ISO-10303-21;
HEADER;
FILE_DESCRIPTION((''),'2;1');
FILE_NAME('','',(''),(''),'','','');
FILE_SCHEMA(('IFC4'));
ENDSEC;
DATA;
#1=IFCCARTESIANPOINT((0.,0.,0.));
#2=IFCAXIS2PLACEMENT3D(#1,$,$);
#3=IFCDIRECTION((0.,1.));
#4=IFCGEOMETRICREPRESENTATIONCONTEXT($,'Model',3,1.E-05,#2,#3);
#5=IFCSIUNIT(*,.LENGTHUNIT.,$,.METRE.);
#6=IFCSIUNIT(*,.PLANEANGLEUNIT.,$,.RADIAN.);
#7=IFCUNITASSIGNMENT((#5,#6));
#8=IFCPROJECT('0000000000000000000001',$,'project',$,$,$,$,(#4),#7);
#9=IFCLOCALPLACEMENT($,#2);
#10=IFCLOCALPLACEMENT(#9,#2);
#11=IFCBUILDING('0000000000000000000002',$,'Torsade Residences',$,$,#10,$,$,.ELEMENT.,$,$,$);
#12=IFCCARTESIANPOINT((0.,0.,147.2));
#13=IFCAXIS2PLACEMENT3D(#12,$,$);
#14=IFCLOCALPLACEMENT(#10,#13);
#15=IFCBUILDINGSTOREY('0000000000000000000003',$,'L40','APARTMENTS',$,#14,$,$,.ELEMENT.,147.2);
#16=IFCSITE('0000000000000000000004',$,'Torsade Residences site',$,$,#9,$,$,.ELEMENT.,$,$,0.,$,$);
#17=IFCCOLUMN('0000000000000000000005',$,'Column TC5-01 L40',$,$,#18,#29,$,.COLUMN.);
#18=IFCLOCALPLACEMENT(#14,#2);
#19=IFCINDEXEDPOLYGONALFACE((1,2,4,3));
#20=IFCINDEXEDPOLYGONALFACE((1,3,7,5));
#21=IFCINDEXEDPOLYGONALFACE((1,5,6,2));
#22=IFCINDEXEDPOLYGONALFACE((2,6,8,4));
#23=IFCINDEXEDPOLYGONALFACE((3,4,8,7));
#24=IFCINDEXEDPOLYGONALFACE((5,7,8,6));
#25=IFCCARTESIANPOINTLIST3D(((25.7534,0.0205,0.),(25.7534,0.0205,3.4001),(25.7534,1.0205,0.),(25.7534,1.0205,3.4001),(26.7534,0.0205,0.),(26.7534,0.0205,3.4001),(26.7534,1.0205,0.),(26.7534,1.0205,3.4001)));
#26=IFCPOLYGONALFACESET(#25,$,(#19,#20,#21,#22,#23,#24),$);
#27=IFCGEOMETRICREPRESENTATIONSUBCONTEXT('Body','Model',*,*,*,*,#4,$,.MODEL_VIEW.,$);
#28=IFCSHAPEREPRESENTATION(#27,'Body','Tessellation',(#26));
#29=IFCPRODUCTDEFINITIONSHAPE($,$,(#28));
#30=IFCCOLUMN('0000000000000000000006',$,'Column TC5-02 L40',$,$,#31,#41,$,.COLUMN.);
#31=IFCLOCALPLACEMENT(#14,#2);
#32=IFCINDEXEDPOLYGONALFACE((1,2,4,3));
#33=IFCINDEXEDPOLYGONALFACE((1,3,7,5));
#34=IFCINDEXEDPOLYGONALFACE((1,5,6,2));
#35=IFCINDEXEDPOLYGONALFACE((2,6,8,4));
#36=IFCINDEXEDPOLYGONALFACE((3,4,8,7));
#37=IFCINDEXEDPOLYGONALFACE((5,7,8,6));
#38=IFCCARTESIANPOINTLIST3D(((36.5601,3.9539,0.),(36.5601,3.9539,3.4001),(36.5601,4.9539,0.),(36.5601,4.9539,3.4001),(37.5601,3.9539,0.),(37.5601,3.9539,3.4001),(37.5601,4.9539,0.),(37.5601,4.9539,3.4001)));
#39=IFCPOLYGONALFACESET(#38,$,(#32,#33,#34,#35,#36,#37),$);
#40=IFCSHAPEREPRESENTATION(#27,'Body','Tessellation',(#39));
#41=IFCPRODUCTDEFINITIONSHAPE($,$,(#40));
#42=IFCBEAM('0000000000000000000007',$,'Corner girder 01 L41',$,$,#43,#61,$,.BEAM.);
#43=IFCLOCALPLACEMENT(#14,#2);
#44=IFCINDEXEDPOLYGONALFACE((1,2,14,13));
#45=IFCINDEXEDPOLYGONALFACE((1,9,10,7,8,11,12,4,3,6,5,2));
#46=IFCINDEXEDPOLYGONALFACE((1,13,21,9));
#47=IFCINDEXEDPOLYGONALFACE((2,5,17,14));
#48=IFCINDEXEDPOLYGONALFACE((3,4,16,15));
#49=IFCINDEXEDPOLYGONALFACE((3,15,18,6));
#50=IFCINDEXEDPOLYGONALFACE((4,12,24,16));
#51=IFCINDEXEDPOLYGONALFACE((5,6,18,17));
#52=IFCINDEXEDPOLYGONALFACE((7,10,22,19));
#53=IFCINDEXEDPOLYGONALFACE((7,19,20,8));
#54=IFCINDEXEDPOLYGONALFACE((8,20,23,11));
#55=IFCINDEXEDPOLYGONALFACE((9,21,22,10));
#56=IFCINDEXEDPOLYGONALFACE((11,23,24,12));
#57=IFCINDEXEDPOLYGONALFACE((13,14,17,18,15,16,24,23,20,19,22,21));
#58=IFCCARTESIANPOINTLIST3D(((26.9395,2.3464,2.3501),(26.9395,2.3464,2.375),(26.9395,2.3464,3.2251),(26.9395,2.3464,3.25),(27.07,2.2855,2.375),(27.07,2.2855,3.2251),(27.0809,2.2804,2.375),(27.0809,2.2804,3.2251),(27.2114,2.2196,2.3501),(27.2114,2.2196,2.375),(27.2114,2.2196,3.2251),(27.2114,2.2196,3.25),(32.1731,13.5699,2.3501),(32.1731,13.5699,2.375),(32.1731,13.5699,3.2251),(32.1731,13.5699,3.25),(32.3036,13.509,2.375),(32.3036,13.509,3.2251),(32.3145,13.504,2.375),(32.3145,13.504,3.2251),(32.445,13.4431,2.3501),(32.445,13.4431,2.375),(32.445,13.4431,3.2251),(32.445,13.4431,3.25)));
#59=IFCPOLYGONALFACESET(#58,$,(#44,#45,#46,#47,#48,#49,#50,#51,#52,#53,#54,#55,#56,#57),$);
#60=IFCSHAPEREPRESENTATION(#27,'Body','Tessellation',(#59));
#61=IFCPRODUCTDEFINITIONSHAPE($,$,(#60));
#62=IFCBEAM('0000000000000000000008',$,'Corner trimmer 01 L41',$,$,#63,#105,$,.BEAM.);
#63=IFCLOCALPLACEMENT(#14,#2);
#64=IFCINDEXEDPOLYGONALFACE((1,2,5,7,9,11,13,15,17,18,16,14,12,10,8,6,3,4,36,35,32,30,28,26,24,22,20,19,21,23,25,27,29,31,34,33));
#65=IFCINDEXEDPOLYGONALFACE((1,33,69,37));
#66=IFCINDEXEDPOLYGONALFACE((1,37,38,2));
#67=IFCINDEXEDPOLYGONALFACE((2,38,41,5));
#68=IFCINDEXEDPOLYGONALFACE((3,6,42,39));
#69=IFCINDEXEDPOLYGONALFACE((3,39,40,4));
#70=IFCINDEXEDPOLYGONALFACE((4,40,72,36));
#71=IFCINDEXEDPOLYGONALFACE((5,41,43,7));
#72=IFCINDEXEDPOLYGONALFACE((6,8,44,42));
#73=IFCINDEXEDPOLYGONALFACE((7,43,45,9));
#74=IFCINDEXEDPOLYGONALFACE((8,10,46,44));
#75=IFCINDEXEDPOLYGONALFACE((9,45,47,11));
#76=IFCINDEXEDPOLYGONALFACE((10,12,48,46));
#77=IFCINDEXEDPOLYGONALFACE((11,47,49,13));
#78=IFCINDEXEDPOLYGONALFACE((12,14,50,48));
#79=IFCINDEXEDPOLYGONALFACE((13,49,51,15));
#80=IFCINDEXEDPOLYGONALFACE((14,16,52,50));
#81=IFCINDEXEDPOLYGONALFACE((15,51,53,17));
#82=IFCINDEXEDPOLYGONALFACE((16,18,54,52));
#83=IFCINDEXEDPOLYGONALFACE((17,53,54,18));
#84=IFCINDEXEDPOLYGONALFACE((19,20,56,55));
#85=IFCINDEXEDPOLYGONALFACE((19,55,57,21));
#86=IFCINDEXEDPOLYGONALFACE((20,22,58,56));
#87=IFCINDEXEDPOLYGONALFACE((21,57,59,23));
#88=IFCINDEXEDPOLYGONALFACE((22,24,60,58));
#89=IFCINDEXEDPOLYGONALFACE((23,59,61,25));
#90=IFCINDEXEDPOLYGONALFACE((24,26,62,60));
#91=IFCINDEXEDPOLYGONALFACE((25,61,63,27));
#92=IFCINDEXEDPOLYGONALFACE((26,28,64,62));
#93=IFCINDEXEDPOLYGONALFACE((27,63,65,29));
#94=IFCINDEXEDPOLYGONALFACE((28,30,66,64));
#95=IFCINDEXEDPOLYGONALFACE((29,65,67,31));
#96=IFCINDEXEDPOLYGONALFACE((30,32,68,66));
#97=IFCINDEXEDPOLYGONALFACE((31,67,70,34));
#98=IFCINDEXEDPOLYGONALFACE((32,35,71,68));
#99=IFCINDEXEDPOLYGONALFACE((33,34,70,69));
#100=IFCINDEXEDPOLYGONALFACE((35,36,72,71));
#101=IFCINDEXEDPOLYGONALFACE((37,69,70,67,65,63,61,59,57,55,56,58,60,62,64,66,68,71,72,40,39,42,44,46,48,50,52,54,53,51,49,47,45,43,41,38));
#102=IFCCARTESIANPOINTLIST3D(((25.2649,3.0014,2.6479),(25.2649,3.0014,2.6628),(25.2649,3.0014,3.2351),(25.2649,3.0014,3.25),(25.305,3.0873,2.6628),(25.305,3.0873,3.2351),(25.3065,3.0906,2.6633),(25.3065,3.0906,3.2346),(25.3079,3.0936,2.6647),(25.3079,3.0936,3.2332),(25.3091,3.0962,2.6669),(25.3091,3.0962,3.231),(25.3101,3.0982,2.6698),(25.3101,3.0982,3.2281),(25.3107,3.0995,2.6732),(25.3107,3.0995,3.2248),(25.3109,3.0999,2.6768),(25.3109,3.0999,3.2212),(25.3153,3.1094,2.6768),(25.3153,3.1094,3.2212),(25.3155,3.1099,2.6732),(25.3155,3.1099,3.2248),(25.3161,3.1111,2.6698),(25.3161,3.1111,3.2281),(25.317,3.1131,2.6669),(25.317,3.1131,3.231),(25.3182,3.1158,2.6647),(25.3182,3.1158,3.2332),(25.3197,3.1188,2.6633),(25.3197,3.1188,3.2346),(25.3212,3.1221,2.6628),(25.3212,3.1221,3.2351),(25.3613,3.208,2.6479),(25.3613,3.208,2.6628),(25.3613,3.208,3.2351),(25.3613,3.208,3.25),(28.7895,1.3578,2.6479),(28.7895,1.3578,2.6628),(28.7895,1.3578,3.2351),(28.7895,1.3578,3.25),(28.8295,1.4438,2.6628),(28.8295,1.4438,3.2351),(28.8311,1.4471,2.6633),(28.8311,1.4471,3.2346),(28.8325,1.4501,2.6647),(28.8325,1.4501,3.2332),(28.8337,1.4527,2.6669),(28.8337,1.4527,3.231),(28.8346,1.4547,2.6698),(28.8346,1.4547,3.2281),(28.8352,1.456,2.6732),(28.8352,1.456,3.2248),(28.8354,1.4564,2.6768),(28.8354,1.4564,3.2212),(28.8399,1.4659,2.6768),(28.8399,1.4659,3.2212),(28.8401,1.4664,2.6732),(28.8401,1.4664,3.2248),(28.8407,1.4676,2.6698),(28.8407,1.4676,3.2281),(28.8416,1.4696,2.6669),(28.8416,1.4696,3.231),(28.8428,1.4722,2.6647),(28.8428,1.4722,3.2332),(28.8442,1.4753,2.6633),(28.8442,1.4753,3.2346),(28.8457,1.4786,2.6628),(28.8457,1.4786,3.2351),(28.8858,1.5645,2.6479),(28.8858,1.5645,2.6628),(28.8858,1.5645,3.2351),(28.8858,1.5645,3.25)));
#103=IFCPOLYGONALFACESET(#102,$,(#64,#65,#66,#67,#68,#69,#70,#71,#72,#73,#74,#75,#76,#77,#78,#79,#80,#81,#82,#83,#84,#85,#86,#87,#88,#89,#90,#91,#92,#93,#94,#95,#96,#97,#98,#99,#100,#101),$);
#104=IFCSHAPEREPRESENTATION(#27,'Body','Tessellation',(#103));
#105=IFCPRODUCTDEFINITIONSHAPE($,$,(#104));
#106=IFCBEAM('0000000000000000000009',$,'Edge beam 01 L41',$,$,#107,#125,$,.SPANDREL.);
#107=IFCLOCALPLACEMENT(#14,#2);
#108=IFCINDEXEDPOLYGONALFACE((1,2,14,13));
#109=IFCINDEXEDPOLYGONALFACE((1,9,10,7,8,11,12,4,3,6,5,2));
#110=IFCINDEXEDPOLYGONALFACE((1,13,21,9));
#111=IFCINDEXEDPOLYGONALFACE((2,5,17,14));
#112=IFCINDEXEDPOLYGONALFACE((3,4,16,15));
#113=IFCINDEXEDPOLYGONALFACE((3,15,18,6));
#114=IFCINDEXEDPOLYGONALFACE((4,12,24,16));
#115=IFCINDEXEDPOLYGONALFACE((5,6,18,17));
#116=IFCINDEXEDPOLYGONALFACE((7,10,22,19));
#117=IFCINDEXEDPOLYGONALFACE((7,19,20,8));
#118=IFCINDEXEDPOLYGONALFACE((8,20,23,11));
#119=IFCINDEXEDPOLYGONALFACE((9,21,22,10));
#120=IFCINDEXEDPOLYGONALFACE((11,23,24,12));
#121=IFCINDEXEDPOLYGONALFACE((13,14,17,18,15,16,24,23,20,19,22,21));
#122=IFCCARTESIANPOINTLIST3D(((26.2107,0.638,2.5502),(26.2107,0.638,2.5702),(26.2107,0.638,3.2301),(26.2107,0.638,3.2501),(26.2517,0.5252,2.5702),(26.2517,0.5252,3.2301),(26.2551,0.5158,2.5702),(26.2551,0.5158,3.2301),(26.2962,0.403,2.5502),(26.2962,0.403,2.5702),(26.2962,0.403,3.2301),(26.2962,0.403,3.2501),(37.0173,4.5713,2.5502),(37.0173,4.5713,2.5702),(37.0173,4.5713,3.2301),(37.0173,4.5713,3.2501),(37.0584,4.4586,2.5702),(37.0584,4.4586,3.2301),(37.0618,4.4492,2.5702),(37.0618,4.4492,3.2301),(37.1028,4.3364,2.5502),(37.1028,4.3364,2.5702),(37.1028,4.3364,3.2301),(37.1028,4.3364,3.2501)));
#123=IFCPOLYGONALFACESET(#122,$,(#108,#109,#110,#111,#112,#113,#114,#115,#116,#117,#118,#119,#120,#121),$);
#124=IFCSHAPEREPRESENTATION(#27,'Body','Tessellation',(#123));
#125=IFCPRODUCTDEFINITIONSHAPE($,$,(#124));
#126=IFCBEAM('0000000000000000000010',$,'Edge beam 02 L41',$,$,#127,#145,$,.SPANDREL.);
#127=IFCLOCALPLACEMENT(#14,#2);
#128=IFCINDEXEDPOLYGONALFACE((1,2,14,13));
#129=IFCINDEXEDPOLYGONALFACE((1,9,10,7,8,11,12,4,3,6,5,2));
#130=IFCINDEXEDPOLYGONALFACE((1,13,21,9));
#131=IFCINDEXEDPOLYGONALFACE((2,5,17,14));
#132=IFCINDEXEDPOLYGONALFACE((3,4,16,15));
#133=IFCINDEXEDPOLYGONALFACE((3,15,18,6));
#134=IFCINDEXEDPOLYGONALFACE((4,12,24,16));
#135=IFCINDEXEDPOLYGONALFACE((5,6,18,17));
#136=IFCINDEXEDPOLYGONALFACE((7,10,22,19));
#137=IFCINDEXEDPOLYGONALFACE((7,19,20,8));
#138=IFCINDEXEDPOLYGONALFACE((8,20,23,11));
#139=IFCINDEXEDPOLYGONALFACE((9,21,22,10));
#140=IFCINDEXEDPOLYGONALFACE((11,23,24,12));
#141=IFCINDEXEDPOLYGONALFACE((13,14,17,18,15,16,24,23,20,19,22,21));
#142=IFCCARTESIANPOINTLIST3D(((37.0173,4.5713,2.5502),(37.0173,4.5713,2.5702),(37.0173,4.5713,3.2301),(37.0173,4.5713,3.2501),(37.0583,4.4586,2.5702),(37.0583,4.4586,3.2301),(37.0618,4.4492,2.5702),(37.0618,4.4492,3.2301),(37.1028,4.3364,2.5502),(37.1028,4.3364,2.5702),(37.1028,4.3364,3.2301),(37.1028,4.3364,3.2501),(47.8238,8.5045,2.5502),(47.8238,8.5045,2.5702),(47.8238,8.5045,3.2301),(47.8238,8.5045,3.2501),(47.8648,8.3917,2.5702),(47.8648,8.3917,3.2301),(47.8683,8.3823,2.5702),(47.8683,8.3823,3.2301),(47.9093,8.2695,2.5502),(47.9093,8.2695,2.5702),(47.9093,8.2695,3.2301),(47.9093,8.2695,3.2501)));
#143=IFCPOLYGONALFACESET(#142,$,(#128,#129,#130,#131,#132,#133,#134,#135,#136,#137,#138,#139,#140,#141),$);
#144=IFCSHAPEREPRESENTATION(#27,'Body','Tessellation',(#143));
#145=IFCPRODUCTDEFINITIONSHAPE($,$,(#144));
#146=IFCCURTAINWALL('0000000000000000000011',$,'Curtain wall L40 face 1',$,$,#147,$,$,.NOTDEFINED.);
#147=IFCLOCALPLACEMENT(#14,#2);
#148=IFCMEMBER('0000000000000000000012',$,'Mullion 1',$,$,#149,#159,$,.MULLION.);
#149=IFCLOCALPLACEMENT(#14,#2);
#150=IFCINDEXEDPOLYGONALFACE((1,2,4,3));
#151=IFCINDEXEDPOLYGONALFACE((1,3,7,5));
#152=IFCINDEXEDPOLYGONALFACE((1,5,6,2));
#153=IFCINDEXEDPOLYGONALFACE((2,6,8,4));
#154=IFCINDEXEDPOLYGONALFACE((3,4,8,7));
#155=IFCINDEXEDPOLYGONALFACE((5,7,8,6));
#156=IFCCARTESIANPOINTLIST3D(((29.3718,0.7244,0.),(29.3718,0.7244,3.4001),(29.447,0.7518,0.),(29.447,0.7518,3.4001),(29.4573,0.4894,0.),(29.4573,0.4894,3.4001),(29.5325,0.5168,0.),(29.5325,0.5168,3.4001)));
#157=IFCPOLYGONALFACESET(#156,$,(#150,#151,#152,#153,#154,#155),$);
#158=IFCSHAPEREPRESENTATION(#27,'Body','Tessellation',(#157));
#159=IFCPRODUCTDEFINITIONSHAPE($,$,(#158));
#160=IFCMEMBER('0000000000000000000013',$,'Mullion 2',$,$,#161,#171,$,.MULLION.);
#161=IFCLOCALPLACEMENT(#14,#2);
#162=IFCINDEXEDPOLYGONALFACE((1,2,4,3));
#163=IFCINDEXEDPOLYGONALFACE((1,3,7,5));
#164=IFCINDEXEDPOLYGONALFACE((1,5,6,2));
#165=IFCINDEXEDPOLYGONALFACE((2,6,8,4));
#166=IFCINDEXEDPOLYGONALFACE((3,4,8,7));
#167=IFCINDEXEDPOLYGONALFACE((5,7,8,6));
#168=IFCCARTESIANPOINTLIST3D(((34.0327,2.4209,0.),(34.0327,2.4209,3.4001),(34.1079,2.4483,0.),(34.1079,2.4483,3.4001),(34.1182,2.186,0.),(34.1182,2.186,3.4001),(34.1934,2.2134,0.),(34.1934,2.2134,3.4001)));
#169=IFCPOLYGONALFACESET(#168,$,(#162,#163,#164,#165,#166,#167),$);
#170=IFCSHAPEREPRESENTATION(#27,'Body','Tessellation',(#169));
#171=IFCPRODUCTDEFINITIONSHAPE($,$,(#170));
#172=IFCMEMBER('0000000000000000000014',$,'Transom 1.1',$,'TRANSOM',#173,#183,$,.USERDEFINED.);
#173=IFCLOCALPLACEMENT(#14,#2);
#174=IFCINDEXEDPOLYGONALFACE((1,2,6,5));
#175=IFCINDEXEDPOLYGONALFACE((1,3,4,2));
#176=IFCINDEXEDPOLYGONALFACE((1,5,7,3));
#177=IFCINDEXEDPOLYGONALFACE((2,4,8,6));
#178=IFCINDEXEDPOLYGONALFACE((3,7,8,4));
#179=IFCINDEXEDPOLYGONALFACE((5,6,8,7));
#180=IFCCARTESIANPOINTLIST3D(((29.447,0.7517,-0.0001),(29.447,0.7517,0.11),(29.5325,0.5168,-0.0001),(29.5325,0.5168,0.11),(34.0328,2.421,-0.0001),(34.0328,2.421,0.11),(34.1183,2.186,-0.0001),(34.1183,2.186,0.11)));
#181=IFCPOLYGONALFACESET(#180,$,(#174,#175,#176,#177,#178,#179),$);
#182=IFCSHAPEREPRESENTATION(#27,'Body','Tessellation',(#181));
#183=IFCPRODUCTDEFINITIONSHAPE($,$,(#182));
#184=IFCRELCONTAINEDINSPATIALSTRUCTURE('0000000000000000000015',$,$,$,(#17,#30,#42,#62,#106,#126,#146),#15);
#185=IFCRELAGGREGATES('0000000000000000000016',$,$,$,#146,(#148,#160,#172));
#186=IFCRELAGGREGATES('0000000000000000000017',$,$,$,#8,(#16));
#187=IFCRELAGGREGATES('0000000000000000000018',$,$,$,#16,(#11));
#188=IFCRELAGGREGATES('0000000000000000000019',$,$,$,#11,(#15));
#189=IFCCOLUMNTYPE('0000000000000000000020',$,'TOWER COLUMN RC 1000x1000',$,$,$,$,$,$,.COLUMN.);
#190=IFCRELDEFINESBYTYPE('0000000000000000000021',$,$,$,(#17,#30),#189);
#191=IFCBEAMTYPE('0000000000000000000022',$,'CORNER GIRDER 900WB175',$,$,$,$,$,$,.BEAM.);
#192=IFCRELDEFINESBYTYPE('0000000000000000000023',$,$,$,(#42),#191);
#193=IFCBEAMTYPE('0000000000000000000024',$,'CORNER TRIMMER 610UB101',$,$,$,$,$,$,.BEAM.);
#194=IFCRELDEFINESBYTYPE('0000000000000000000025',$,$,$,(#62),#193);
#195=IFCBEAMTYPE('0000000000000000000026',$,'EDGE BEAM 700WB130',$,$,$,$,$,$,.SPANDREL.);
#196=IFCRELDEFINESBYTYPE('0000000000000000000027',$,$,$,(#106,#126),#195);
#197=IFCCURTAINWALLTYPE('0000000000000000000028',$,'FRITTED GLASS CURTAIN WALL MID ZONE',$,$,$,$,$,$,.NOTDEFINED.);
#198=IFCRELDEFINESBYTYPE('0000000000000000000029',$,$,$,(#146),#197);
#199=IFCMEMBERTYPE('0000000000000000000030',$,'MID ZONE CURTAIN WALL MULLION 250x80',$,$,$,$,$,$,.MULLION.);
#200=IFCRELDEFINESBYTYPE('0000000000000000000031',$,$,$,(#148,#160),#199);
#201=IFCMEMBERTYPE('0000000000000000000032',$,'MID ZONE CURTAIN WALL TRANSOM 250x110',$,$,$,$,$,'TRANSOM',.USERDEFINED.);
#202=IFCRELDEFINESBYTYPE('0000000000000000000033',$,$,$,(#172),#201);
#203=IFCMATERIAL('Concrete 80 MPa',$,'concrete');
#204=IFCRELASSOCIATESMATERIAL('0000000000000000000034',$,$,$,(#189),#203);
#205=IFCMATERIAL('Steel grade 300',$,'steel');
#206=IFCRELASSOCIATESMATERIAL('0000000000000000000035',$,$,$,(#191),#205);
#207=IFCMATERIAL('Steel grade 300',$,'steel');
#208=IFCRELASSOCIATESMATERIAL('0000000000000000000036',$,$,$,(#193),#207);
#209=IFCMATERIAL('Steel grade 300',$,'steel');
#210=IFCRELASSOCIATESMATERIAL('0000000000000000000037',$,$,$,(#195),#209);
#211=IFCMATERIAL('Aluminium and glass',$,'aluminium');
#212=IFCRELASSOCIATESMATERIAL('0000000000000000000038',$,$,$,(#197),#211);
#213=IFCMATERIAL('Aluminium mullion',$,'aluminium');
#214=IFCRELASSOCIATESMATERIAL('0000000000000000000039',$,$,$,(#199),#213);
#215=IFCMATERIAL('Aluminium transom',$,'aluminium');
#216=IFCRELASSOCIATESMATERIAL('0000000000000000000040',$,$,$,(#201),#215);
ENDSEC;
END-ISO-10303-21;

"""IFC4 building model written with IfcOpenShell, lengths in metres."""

from ifc_helpers import new_model, si_unit, direction, frame, origin, origin_2d, place, context, subcontext, project, spatial, rectangle, i_section, extrude, material, material_profile, profile_set, type_object, element, aggregate, save


model = new_model("IFC4")

# Units and contexts
model_context = context("Model", 3, precision=1e-05, world=origin(), true_north=direction((0.0, 1.0)))
body_context = subcontext(model_context, "Body", "Model", "MODEL_VIEW")
ifc_project = project(units=[si_unit("LENGTHUNIT", "METRE"), si_unit("PLANEANGLEUNIT", "RADIAN")], contexts=[model_context])

# Site, building, storey
site_placement = place(None, origin())
site = spatial("IfcSite", under=ifc_project, at=site_placement, Name="Torsade Residences site", CompositionType="ELEMENT", RefElevation=0.0)
building_placement = place(site_placement, origin())
building = spatial("IfcBuilding", under=site, at=building_placement, Name="Torsade Residences", CompositionType="ELEMENT")
storey_placement = place(building_placement, frame((0.0, 0.0, 147.2)))
storey = spatial("IfcBuildingStorey", under=building, at=storey_placement, Name="L40", Description="APARTMENTS", CompositionType="ELEMENT", Elevation=147.2)

# Columns
ifc_material_1 = material(Name="Concrete 80 MPa", Category="concrete")
ifc_material_profile_1 = material_profile(ifc_material_1, rectangle(XDim=1.0, YDim=1.0, at=origin_2d()), Name="RC 1000x1000")
ifc_profile_set_1 = profile_set([ifc_material_profile_1], Name="Concrete 80 MPa")
column_type = type_object("IfcColumnType", Name="TOWER COLUMN RC 1000x1000", PredefinedType="COLUMN", material=ifc_profile_set_1)
for number, where, z_axis, x_axis, name in (
    (1, (26.2534, 0.5205, 0.0), (0.0, 0.0, 1.0), (1.0, 0.0, 0.0), "Column TC5-01 L40"),
    (2, (37.0601, 4.4539, 0.0), (0.0, 0.0, 1.0), (1.0, 0.0, 0.0), "Column TC5-02 L40"),
):
    element("IfcColumn", number, at=place(storey_placement, frame(where, z_axis=z_axis, x_axis=x_axis)), inside=storey, type_object=column_type, Name=name, PredefinedType="COLUMN", context=body_context, shape_type="SweptSolid", body=[
        extrude(rectangle(XDim=1.0, YDim=1.0, at=origin_2d()), origin(), (0.0, 0.0, 1.0), 3.4001),
    ])

# Beams
ifc_material_2 = material(Name="Steel grade 300", Category="steel")
ifc_material_profile_2 = material_profile(ifc_material_2, i_section(OverallWidth=0.3, OverallDepth=0.8999, WebThickness=0.012, FlangeThickness=0.0249, at=origin_2d()), Name="900WB175")
ifc_profile_set_2 = profile_set([ifc_material_profile_2], Name="Steel grade 300")
beam_type_1 = type_object("IfcBeamType", Name="CORNER GIRDER 900WB175", PredefinedType="BEAM", material=ifc_profile_set_2)
beam_1_placement = place(storey_placement, frame((27.0754, 2.283, 2.8), z_axis=(0.422617, 0.906309, 0.0), x_axis=(-0.906309, 0.422617, 0.0)))
element("IfcBeam", 3, at=beam_1_placement, inside=storey, type_object=beam_type_1, Name="Corner girder 01 L41", PredefinedType="BEAM", context=body_context, shape_type="SweptSolid", body=[
    extrude(i_section(OverallWidth=0.3, OverallDepth=0.8999, WebThickness=0.012, FlangeThickness=0.0249, at=origin_2d()), origin(), (0.0, 0.0, 1.0), 12.3838),
])
ifc_material_3 = material(Name="Steel grade 300", Category="steel")
ifc_material_profile_3 = material_profile(ifc_material_3, i_section(OverallWidth=0.228, OverallDepth=0.6021, WebThickness=0.0105, FlangeThickness=0.0149, FilletRadius=0.0139, at=origin_2d()), Name="610UB101")
ifc_profile_set_3 = profile_set([ifc_material_profile_3], Name="Steel grade 300")
beam_type_2 = type_object("IfcBeamType", Name="CORNER TRIMMER 610UB101", PredefinedType="BEAM", material=ifc_profile_set_3)
beam_2_placement = place(storey_placement, frame((28.8376, 1.4612, 2.949), z_axis=(-0.90631, 0.422614, 0.0), x_axis=(-0.422614, -0.90631, 0.0)))
element("IfcBeam", 4, at=beam_2_placement, inside=storey, type_object=beam_type_2, Name="Corner trimmer 01 L41", PredefinedType="BEAM", context=body_context, shape_type="SweptSolid", body=[
    extrude(i_section(OverallWidth=0.228, OverallDepth=0.6021, WebThickness=0.0105, FlangeThickness=0.0149, FilletRadius=0.0139, at=origin_2d()), origin(), (0.0, 0.0, 1.0), 3.8889),
])
ifc_material_4 = material(Name="Steel grade 300", Category="steel")
ifc_material_profile_4 = material_profile(ifc_material_4, i_section(OverallWidth=0.25, OverallDepth=0.7, WebThickness=0.01, FlangeThickness=0.02, at=origin_2d()), Name="700WB130")
ifc_profile_set_4 = profile_set([ifc_material_profile_4], Name="Steel grade 300")
beam_type_3 = type_object("IfcBeamType", Name="EDGE BEAM 700WB130", PredefinedType="SPANDREL", material=ifc_profile_set_4)
beam_3_placement = place(storey_placement, frame((26.2534, 0.5205, 2.9001), z_axis=(0.939691, 0.342024, 0.0), x_axis=(-0.342024, 0.939691, 0.0)))
element("IfcBeam", 5, at=beam_3_placement, inside=storey, type_object=beam_type_3, Name="Edge beam 01 L41", PredefinedType="SPANDREL", context=body_context, shape_type="SweptSolid", body=[
    extrude(i_section(OverallWidth=0.25, OverallDepth=0.7, WebThickness=0.01, FlangeThickness=0.02, at=origin_2d()), origin(), (0.0, 0.0, 1.0), 11.5002),
])
beam_4_placement = place(storey_placement, frame((37.0601, 4.4539, 2.9001), z_axis=(0.939695, 0.342012, 0.0), x_axis=(-0.342012, 0.939695, 0.0)))
element("IfcBeam", 6, at=beam_4_placement, inside=storey, type_object=beam_type_3, Name="Edge beam 02 L41", PredefinedType="SPANDREL", context=body_context, shape_type="SweptSolid", body=[
    extrude(i_section(OverallWidth=0.25, OverallDepth=0.7, WebThickness=0.01, FlangeThickness=0.02, at=origin_2d()), origin(), (0.0, 0.0, 1.0), 11.5),
])

# Curtain wall, members
ifc_material_5 = material(Name="Aluminium and glass", Category="aluminium")
curtain_wall_type = type_object("IfcCurtainWallType", Name="FRITTED GLASS CURTAIN WALL MID ZONE", PredefinedType="NOTDEFINED", material=ifc_material_5)
curtain_wall_placement = place(storey_placement, origin())
curtain_wall = element("IfcCurtainWall", 7, at=curtain_wall_placement, inside=storey, type_object=curtain_wall_type, Name="Curtain wall L40 face 1", PredefinedType="NOTDEFINED")
ifc_material_6 = material(Name="Aluminium mullion", Category="aluminium")
ifc_material_profile_5 = material_profile(ifc_material_6, rectangle(XDim=0.25, YDim=0.0801, at=origin_2d()), Name="MID ZONE CURTAIN WALL MULLION 250x80")
ifc_profile_set_5 = profile_set([ifc_material_profile_5], Name="Aluminium mullion")
member_type_1 = type_object("IfcMemberType", Name="MID ZONE CURTAIN WALL MULLION 250x80", PredefinedType="MULLION", material=ifc_profile_set_5)
member_1_placement = place(storey_placement, frame((29.4521, 0.6206, 0.0), z_axis=(0.0, 0.0, 1.0), x_axis=(-0.34202, 0.939693, 0.0)))
member_1 = element("IfcMember", 8, at=member_1_placement, type_object=member_type_1, Name="Mullion 1", PredefinedType="MULLION", context=body_context, shape_type="SweptSolid", body=[
    extrude(rectangle(XDim=0.25, YDim=0.0801, at=origin_2d()), origin(), (0.0, 0.0, 1.0), 3.4001),
])
member_2_placement = place(storey_placement, frame((34.113, 2.3171, 0.0), z_axis=(0.0, 0.0, 1.0), x_axis=(-0.34202, 0.939693, 0.0)))
member_2 = element("IfcMember", 9, at=member_2_placement, type_object=member_type_1, Name="Mullion 2", PredefinedType="MULLION", context=body_context, shape_type="SweptSolid", body=[
    extrude(rectangle(XDim=0.25, YDim=0.0801, at=origin_2d()), origin(), (0.0, 0.0, 1.0), 3.4001),
])
ifc_material_7 = material(Name="Aluminium transom", Category="aluminium")
ifc_material_profile_6 = material_profile(ifc_material_7, rectangle(XDim=0.25, YDim=0.1101, at=origin_2d()), Name="MID ZONE CURTAIN WALL TRANSOM 250x110")
ifc_profile_set_6 = profile_set([ifc_material_profile_6], Name="Aluminium transom")
member_type_2 = type_object("IfcMemberType", Name="MID ZONE CURTAIN WALL TRANSOM 250x110", ElementType="TRANSOM", PredefinedType="USERDEFINED", material=ifc_profile_set_6)
member_3_placement = place(storey_placement, frame((29.4897, 0.6343, 0.0549), z_axis=(0.939684, 0.342044, 0.0), x_axis=(-0.342044, 0.939684, 0.0)))
member_3 = element("IfcMember", 10, at=member_3_placement, type_object=member_type_2, Name="Transom 1.1", ObjectType="TRANSOM", PredefinedType="USERDEFINED", context=body_context, shape_type="SweptSolid", body=[
    extrude(rectangle(XDim=0.25, YDim=0.1101, at=origin_2d()), origin(), (0.0, 0.0, 1.0), 4.8801),
])

aggregate(curtain_wall, [member_1, member_2, member_3])

save(model, "model.ifc")
